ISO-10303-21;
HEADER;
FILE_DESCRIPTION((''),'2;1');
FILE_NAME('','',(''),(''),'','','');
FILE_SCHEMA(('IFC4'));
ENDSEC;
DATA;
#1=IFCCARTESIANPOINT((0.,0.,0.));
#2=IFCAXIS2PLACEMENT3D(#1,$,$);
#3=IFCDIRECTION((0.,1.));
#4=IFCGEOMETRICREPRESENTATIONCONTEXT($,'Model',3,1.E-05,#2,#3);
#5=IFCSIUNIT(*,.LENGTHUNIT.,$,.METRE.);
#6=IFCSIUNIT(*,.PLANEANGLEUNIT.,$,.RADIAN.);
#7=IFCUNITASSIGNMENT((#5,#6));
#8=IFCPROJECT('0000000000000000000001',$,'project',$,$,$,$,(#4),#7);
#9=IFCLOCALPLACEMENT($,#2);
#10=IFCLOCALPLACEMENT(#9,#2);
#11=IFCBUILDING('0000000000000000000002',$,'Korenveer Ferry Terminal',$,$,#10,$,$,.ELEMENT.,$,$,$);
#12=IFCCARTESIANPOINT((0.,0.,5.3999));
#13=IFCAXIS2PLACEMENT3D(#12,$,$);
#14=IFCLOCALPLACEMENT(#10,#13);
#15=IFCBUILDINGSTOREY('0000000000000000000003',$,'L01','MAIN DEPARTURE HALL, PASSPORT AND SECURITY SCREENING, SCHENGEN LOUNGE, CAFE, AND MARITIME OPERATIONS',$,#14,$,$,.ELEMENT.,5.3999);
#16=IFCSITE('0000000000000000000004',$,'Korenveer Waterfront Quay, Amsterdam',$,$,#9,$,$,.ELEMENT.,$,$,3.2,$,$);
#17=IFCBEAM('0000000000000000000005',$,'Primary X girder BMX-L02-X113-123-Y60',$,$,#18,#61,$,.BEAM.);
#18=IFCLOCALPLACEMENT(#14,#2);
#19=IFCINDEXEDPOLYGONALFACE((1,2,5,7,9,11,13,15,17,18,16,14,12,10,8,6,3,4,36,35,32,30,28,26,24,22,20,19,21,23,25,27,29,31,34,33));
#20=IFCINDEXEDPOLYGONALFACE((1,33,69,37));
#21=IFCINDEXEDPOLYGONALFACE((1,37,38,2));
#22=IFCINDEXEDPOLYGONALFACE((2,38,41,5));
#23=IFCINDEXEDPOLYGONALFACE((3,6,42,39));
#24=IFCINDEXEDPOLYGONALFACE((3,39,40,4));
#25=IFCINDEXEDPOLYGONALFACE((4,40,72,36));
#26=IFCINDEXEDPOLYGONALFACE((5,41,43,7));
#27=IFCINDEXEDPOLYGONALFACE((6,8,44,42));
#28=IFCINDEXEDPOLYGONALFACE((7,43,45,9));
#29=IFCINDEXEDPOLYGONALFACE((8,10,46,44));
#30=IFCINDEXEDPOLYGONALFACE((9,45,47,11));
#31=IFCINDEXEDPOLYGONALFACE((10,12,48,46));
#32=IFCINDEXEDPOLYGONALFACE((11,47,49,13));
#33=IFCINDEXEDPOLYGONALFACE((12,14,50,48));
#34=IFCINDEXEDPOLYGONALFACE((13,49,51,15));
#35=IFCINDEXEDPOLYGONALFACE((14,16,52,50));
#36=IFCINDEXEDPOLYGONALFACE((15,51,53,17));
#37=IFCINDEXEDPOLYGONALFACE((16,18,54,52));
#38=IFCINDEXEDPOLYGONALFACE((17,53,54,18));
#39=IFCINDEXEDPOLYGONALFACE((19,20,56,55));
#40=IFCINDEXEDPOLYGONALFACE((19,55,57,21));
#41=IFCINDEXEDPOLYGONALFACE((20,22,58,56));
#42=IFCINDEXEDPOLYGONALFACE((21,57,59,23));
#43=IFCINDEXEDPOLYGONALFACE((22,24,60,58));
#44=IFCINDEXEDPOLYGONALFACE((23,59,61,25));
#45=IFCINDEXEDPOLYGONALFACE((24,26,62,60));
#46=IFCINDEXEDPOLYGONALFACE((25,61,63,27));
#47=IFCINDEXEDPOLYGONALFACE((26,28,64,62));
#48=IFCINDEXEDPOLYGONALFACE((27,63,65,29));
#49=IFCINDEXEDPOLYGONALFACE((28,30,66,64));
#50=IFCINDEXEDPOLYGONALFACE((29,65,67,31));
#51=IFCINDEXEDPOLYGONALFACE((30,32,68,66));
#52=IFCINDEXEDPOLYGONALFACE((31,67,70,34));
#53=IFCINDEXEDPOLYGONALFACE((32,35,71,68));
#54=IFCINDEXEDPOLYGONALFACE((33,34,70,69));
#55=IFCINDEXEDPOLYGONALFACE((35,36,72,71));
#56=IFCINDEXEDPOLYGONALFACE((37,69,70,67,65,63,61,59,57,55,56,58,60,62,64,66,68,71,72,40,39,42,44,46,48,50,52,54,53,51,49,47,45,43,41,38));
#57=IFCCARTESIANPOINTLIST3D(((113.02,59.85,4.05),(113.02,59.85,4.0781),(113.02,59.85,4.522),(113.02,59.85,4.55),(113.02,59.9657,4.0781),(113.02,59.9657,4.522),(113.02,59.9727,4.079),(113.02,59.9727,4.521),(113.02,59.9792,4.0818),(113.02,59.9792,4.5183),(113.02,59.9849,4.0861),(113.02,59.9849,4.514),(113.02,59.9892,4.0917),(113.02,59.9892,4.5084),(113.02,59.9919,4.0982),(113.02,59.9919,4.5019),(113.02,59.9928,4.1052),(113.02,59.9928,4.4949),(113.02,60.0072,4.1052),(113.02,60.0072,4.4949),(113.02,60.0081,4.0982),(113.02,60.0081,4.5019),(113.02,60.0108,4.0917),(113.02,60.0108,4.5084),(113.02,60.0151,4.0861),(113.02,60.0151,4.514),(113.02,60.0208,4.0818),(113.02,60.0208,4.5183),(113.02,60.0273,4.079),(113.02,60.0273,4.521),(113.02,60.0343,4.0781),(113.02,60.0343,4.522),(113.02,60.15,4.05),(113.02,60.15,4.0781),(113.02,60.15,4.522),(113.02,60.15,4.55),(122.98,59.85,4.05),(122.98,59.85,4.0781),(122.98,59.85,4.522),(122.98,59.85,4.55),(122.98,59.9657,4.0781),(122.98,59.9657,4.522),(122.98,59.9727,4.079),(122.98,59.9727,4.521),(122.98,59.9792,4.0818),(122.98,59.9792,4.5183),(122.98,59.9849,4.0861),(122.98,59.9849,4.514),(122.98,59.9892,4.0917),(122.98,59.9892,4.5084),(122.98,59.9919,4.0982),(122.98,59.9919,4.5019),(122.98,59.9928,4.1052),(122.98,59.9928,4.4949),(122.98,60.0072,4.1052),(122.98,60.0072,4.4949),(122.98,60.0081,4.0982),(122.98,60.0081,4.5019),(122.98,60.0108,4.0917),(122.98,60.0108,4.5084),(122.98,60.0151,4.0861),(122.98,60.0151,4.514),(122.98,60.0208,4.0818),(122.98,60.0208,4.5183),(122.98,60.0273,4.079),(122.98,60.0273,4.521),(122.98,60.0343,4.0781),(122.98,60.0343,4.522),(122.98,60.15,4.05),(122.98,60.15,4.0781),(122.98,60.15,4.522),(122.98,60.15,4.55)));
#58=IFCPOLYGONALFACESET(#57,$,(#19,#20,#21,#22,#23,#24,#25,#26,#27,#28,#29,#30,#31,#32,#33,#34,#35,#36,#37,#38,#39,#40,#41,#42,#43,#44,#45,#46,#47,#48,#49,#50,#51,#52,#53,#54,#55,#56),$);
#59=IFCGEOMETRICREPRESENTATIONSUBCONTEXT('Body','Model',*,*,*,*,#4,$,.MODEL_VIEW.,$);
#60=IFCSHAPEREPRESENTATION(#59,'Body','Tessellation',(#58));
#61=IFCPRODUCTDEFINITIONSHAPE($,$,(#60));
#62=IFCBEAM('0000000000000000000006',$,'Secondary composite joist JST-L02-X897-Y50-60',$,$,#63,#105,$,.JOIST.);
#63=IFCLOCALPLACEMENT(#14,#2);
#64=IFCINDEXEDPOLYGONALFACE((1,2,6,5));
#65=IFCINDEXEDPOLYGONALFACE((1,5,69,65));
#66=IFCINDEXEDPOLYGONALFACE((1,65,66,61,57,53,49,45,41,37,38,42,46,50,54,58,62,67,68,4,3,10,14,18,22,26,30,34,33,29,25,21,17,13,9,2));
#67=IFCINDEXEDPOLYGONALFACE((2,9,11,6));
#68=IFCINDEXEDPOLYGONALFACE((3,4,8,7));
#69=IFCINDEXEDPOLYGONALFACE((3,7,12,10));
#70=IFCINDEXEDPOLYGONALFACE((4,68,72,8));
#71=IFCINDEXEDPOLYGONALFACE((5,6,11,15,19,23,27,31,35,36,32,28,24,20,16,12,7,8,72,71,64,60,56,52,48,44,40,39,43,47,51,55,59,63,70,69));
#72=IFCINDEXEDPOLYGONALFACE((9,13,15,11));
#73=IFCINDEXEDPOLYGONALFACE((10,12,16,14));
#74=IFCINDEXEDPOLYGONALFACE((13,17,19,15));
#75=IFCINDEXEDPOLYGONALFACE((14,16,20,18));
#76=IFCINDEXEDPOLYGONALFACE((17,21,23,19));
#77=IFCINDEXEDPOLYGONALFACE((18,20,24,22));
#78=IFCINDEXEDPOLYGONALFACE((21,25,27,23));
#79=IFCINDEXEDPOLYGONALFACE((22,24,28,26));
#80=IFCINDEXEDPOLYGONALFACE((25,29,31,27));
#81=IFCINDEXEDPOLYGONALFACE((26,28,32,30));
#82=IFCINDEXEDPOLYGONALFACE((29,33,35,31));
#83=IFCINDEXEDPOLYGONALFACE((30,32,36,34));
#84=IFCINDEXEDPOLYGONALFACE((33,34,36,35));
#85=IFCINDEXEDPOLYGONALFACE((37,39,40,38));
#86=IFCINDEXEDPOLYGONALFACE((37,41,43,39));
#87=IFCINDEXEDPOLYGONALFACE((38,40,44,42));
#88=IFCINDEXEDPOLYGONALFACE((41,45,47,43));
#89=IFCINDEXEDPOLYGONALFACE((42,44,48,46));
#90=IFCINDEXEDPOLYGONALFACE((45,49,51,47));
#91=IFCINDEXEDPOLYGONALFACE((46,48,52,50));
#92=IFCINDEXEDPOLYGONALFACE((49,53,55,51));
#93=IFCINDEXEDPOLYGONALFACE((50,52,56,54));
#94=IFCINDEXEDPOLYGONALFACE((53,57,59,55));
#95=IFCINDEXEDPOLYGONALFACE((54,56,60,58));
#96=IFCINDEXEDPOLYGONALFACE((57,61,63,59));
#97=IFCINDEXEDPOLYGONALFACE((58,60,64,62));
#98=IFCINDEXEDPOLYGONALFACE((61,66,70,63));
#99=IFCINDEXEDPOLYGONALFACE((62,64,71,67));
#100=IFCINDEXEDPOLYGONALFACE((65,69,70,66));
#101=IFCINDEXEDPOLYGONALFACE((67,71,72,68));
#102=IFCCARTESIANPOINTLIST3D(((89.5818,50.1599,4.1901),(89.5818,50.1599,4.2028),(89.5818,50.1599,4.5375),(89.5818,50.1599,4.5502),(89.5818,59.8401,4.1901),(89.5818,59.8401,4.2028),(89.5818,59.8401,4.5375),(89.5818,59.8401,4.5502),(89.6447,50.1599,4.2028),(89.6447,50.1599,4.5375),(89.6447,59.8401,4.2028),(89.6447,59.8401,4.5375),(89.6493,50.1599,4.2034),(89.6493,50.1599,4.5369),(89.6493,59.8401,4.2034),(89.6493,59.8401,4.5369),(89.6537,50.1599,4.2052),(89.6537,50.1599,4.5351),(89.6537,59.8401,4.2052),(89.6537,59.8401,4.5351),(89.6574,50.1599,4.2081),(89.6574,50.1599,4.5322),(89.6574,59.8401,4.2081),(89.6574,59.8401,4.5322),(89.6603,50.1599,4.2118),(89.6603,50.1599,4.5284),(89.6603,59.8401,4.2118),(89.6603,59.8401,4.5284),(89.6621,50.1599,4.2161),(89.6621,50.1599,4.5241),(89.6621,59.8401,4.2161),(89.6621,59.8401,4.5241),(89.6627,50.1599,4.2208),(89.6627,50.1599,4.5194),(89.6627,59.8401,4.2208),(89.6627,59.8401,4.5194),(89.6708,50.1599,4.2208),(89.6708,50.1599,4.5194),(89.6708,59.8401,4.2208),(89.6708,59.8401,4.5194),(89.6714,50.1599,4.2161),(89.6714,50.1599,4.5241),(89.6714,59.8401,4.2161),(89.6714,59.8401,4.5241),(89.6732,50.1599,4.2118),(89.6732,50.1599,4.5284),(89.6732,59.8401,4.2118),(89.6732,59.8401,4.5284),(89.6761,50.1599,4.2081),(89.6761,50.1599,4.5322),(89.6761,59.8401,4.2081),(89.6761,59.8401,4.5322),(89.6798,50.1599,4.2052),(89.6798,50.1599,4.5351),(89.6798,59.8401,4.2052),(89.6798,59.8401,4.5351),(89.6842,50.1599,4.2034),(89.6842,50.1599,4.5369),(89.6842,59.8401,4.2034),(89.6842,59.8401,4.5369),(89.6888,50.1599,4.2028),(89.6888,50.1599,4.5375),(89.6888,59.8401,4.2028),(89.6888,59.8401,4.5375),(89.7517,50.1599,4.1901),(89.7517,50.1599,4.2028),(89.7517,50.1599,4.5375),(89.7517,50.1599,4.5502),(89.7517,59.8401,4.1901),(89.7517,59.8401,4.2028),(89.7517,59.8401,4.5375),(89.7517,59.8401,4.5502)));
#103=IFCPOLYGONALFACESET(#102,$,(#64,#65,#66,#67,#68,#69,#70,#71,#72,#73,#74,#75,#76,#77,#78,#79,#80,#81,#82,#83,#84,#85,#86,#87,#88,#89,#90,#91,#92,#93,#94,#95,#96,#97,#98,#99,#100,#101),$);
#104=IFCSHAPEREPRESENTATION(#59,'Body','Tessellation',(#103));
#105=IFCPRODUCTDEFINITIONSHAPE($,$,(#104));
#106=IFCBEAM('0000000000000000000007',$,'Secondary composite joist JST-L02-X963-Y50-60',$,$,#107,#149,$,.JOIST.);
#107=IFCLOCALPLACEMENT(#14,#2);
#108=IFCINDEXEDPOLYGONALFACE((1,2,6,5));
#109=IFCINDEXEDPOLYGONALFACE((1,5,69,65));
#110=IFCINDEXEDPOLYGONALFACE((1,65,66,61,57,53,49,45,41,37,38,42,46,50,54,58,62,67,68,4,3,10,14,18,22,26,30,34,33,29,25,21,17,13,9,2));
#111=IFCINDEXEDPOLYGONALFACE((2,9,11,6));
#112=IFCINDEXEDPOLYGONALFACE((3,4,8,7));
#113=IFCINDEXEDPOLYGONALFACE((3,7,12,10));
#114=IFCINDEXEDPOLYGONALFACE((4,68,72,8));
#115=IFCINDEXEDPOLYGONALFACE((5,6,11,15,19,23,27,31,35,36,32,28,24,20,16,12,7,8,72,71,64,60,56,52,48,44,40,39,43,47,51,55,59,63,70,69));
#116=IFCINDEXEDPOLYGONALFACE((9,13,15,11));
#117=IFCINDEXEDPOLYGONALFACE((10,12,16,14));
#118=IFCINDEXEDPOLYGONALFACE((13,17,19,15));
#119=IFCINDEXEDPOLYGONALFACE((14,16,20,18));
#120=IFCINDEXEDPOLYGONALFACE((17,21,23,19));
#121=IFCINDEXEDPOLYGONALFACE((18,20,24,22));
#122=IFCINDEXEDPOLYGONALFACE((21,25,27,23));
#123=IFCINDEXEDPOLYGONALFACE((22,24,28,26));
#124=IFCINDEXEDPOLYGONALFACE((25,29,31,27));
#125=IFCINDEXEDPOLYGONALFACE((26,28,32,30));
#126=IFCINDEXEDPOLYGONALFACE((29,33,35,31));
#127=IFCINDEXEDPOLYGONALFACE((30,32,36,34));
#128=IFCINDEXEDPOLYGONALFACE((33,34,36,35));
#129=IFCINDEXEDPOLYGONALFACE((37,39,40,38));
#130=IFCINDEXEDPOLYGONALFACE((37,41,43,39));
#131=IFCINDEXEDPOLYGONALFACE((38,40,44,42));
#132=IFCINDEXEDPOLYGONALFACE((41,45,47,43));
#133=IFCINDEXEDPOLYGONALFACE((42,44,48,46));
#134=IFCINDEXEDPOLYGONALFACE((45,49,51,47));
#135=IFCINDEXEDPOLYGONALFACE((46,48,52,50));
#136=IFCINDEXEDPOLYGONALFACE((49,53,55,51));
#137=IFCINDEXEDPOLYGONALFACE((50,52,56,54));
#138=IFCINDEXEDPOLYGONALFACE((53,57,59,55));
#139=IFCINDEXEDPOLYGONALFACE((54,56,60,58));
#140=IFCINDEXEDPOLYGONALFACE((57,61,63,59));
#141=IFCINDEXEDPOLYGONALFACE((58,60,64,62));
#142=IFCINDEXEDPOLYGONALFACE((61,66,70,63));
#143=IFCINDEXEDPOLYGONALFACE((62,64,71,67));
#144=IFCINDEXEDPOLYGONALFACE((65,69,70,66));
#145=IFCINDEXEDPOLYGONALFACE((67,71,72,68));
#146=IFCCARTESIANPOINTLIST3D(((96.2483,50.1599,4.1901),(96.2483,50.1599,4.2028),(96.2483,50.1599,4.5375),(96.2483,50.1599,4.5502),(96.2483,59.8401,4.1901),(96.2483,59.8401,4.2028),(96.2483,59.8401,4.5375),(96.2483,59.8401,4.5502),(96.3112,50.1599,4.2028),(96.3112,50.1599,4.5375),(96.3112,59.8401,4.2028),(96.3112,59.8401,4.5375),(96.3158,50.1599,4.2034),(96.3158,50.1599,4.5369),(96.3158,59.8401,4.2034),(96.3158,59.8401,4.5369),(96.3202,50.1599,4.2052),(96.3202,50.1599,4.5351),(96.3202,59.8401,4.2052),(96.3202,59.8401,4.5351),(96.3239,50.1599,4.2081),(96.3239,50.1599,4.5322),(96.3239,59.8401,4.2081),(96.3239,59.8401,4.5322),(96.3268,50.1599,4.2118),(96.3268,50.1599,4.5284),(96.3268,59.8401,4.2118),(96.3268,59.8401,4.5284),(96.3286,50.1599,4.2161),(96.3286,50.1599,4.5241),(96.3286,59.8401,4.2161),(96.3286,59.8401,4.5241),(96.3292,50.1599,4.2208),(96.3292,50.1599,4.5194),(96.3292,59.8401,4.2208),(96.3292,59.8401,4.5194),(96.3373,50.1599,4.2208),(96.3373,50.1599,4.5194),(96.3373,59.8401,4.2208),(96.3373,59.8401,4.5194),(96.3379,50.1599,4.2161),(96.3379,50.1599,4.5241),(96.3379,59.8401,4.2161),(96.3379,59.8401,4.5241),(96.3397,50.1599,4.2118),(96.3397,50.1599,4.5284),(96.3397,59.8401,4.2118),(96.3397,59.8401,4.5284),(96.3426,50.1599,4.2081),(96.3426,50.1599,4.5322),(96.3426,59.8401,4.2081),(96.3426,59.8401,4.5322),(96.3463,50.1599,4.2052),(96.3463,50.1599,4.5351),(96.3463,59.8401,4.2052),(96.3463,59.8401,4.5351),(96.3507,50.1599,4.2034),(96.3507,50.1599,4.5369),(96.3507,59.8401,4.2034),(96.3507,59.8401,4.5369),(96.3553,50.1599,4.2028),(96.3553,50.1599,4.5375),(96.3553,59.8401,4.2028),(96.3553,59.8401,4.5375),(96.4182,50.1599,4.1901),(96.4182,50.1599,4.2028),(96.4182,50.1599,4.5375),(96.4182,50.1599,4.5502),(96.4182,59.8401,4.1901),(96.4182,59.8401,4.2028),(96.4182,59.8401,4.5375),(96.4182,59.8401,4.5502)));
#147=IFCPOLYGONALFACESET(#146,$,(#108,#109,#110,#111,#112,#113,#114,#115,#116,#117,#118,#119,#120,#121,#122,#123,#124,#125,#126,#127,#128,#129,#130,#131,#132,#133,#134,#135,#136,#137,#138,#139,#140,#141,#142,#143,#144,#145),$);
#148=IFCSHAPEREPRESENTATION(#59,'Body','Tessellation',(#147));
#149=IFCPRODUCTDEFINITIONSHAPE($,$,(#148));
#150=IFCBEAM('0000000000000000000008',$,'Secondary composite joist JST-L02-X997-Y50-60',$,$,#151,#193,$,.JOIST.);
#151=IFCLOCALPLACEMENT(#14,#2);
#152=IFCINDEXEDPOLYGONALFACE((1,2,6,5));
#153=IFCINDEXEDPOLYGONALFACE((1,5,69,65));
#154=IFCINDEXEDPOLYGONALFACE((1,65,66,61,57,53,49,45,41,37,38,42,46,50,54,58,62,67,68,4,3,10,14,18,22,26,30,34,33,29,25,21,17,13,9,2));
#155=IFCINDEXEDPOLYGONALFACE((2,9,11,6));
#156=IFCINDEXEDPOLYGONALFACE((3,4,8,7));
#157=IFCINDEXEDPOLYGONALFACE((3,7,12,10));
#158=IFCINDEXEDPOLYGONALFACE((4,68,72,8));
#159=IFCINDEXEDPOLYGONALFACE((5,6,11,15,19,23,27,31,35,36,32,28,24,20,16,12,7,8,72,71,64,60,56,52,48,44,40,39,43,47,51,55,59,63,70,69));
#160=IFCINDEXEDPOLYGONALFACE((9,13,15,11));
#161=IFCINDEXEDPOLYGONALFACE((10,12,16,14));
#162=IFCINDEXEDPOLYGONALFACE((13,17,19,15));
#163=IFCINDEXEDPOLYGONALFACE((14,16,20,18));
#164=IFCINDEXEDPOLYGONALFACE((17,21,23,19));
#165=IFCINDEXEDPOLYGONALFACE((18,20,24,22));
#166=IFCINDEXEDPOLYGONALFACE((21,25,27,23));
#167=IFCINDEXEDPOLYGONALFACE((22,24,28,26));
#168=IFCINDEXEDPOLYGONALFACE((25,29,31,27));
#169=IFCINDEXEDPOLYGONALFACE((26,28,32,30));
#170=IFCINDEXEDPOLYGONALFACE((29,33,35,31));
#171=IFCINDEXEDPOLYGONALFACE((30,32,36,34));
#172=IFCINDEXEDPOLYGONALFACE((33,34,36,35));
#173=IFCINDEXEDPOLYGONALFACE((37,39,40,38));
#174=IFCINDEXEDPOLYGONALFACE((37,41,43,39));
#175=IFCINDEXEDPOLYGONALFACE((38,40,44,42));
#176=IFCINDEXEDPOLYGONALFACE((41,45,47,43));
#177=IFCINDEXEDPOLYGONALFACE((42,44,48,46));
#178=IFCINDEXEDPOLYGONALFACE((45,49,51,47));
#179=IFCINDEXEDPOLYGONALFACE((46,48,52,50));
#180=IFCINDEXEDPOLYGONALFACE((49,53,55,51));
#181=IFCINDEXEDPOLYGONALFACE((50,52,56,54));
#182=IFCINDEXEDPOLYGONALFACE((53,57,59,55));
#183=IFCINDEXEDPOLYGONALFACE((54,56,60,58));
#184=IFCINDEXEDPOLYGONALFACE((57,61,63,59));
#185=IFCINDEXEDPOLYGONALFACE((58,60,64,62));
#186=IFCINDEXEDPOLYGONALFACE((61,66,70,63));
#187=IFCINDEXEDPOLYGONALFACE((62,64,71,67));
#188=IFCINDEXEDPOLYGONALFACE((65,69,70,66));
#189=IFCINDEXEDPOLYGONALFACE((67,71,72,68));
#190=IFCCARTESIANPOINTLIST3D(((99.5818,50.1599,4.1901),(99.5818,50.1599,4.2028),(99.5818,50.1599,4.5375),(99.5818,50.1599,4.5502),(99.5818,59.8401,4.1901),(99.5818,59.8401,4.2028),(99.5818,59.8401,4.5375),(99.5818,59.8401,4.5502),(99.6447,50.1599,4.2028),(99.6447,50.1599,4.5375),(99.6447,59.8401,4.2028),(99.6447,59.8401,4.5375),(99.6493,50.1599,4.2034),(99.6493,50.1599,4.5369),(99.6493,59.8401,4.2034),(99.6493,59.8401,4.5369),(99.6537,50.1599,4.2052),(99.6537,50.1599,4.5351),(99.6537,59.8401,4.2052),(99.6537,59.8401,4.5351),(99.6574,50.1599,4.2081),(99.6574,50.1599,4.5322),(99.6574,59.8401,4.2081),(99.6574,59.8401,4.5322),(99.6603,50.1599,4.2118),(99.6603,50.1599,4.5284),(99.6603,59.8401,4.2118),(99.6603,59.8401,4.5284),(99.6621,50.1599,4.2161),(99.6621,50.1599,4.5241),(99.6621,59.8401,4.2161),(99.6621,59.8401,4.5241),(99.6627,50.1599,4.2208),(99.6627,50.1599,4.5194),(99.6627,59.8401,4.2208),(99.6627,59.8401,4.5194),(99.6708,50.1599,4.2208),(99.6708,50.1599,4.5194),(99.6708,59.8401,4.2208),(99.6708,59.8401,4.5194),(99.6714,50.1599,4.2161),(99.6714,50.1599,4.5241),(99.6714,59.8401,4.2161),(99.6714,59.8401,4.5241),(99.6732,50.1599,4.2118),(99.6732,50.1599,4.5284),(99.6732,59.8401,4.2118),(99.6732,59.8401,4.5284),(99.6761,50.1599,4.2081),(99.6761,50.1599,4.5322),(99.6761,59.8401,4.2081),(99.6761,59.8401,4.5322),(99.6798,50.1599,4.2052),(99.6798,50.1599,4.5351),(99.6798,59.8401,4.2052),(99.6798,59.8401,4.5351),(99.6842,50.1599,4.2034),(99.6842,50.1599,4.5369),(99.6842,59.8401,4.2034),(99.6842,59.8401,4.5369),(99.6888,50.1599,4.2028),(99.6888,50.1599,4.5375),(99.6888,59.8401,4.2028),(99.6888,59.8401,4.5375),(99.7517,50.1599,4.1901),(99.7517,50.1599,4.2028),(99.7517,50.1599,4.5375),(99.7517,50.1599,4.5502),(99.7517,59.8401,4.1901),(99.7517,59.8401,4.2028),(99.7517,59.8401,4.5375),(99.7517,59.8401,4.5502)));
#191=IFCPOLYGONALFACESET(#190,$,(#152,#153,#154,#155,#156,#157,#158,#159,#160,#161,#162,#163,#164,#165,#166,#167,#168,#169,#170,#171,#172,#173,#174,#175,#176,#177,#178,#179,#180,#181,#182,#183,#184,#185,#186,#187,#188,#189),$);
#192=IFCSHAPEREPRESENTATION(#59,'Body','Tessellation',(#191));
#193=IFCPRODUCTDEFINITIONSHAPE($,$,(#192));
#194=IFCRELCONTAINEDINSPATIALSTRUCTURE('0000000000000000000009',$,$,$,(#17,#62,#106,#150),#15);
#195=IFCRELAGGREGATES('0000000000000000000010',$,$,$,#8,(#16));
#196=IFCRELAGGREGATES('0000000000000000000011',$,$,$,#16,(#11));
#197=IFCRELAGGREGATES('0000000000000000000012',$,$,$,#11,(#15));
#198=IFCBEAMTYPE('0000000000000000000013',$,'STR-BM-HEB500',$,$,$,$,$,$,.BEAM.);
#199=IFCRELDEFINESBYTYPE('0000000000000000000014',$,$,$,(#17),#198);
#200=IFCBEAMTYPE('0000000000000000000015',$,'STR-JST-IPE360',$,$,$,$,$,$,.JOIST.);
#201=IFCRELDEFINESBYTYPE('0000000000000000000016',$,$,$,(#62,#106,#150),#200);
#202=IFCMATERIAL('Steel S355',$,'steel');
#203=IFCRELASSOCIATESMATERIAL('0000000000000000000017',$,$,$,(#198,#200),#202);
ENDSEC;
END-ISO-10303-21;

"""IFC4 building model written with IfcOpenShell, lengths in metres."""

from ifc_helpers import new_model, si_unit, direction, frame, origin, origin_2d, place, context, subcontext, project, spatial, i_section, extrude, material, material_profile, profile_set, type_object, element, save


model = new_model("IFC4")

# Units and contexts
model_context = context("Model", 3, precision=1e-05, world=origin(), true_north=direction((0.0, 1.0)))
body_context = subcontext(model_context, "Body", "Model", "MODEL_VIEW")
ifc_project = project(units=[si_unit("LENGTHUNIT", "METRE"), si_unit("PLANEANGLEUNIT", "RADIAN")], contexts=[model_context])

# Site, building, storey
site_placement = place(None, origin())
site = spatial("IfcSite", under=ifc_project, at=site_placement, Name="Korenveer Waterfront Quay, Amsterdam", CompositionType="ELEMENT", RefElevation=3.2)
building_placement = place(site_placement, origin())
building = spatial("IfcBuilding", under=site, at=building_placement, Name="Korenveer Ferry Terminal", CompositionType="ELEMENT")
storey_placement = place(building_placement, frame((0.0, 0.0, 5.3999)))
storey = spatial("IfcBuildingStorey", under=building, at=storey_placement, Name="L01", Description="MAIN DEPARTURE HALL, PASSPORT AND SECURITY SCREENING, SCHENGEN LOUNGE, CAFE, AND MARITIME OPERATIONS", CompositionType="ELEMENT", Elevation=5.3999)

# Shared definitions
ifc_material_1 = material(Name="Steel S355", Category="steel")

# Beams
ifc_material_profile_1 = material_profile(ifc_material_1, i_section(OverallWidth=0.3, OverallDepth=0.5, WebThickness=0.0144, FlangeThickness=0.0281, FilletRadius=0.0271, at=origin_2d()), Name="HEB 500")
ifc_profile_set_1 = profile_set([ifc_material_profile_1], Name="Steel S355")
beam_type_1 = type_object("IfcBeamType", Name="STR-BM-HEB500", PredefinedType="BEAM", material=ifc_profile_set_1)
for number, where, z_axis, x_axis, name in (
    (1, (113.02, 60.0, 4.3), (1.0, 0.0, 0.0), (0.0, 1.0, 0.0), "Primary X girder BMX-L02-X113-123-Y60"),
):
    element("IfcBeam", number, at=place(storey_placement, frame(where, z_axis=z_axis, x_axis=x_axis)), inside=storey, type_object=beam_type_1, Name=name, PredefinedType="BEAM", context=body_context, shape_type="SweptSolid", body=[
        extrude(i_section(OverallWidth=0.3, OverallDepth=0.5, WebThickness=0.0144, FlangeThickness=0.0281, FilletRadius=0.0271, at=origin_2d()), origin(), (0.0, 0.0, 1.0), 9.96),
    ])
ifc_material_profile_2 = material_profile(ifc_material_1, i_section(OverallWidth=0.1699, OverallDepth=0.3601, WebThickness=0.0081, FlangeThickness=0.0127, FilletRadius=0.0181, at=origin_2d()), Name="IPE 360")
ifc_profile_set_2 = profile_set([ifc_material_profile_2], Name="Steel S355")
beam_type_2 = type_object("IfcBeamType", Name="STR-JST-IPE360", PredefinedType="JOIST", material=ifc_profile_set_2)
for number, where, z_axis, x_axis, name in (
    (2, (89.6667, 50.1599, 4.3701), (0.0, 1.0, 0.0), (-1.0, 0.0, 0.0), "Secondary composite joist JST-L02-X897-Y50-60"),
    (3, (96.3333, 50.1599, 4.3701), (0.0, 1.0, 0.0), (-1.0, 0.0, 0.0), "Secondary composite joist JST-L02-X963-Y50-60"),
    (4, (99.6667, 50.1599, 4.3701), (0.0, 1.0, 0.0), (-1.0, 0.0, 0.0), "Secondary composite joist JST-L02-X997-Y50-60"),
):
    element("IfcBeam", number, at=place(storey_placement, frame(where, z_axis=z_axis, x_axis=x_axis)), inside=storey, type_object=beam_type_2, Name=name, PredefinedType="JOIST", context=body_context, shape_type="SweptSolid", body=[
        extrude(i_section(OverallWidth=0.1699, OverallDepth=0.3601, WebThickness=0.0081, FlangeThickness=0.0127, FilletRadius=0.0181, at=origin_2d()), origin(), (0.0, 0.0, 1.0), 9.6802),
    ])

save(model, "model.ifc")
